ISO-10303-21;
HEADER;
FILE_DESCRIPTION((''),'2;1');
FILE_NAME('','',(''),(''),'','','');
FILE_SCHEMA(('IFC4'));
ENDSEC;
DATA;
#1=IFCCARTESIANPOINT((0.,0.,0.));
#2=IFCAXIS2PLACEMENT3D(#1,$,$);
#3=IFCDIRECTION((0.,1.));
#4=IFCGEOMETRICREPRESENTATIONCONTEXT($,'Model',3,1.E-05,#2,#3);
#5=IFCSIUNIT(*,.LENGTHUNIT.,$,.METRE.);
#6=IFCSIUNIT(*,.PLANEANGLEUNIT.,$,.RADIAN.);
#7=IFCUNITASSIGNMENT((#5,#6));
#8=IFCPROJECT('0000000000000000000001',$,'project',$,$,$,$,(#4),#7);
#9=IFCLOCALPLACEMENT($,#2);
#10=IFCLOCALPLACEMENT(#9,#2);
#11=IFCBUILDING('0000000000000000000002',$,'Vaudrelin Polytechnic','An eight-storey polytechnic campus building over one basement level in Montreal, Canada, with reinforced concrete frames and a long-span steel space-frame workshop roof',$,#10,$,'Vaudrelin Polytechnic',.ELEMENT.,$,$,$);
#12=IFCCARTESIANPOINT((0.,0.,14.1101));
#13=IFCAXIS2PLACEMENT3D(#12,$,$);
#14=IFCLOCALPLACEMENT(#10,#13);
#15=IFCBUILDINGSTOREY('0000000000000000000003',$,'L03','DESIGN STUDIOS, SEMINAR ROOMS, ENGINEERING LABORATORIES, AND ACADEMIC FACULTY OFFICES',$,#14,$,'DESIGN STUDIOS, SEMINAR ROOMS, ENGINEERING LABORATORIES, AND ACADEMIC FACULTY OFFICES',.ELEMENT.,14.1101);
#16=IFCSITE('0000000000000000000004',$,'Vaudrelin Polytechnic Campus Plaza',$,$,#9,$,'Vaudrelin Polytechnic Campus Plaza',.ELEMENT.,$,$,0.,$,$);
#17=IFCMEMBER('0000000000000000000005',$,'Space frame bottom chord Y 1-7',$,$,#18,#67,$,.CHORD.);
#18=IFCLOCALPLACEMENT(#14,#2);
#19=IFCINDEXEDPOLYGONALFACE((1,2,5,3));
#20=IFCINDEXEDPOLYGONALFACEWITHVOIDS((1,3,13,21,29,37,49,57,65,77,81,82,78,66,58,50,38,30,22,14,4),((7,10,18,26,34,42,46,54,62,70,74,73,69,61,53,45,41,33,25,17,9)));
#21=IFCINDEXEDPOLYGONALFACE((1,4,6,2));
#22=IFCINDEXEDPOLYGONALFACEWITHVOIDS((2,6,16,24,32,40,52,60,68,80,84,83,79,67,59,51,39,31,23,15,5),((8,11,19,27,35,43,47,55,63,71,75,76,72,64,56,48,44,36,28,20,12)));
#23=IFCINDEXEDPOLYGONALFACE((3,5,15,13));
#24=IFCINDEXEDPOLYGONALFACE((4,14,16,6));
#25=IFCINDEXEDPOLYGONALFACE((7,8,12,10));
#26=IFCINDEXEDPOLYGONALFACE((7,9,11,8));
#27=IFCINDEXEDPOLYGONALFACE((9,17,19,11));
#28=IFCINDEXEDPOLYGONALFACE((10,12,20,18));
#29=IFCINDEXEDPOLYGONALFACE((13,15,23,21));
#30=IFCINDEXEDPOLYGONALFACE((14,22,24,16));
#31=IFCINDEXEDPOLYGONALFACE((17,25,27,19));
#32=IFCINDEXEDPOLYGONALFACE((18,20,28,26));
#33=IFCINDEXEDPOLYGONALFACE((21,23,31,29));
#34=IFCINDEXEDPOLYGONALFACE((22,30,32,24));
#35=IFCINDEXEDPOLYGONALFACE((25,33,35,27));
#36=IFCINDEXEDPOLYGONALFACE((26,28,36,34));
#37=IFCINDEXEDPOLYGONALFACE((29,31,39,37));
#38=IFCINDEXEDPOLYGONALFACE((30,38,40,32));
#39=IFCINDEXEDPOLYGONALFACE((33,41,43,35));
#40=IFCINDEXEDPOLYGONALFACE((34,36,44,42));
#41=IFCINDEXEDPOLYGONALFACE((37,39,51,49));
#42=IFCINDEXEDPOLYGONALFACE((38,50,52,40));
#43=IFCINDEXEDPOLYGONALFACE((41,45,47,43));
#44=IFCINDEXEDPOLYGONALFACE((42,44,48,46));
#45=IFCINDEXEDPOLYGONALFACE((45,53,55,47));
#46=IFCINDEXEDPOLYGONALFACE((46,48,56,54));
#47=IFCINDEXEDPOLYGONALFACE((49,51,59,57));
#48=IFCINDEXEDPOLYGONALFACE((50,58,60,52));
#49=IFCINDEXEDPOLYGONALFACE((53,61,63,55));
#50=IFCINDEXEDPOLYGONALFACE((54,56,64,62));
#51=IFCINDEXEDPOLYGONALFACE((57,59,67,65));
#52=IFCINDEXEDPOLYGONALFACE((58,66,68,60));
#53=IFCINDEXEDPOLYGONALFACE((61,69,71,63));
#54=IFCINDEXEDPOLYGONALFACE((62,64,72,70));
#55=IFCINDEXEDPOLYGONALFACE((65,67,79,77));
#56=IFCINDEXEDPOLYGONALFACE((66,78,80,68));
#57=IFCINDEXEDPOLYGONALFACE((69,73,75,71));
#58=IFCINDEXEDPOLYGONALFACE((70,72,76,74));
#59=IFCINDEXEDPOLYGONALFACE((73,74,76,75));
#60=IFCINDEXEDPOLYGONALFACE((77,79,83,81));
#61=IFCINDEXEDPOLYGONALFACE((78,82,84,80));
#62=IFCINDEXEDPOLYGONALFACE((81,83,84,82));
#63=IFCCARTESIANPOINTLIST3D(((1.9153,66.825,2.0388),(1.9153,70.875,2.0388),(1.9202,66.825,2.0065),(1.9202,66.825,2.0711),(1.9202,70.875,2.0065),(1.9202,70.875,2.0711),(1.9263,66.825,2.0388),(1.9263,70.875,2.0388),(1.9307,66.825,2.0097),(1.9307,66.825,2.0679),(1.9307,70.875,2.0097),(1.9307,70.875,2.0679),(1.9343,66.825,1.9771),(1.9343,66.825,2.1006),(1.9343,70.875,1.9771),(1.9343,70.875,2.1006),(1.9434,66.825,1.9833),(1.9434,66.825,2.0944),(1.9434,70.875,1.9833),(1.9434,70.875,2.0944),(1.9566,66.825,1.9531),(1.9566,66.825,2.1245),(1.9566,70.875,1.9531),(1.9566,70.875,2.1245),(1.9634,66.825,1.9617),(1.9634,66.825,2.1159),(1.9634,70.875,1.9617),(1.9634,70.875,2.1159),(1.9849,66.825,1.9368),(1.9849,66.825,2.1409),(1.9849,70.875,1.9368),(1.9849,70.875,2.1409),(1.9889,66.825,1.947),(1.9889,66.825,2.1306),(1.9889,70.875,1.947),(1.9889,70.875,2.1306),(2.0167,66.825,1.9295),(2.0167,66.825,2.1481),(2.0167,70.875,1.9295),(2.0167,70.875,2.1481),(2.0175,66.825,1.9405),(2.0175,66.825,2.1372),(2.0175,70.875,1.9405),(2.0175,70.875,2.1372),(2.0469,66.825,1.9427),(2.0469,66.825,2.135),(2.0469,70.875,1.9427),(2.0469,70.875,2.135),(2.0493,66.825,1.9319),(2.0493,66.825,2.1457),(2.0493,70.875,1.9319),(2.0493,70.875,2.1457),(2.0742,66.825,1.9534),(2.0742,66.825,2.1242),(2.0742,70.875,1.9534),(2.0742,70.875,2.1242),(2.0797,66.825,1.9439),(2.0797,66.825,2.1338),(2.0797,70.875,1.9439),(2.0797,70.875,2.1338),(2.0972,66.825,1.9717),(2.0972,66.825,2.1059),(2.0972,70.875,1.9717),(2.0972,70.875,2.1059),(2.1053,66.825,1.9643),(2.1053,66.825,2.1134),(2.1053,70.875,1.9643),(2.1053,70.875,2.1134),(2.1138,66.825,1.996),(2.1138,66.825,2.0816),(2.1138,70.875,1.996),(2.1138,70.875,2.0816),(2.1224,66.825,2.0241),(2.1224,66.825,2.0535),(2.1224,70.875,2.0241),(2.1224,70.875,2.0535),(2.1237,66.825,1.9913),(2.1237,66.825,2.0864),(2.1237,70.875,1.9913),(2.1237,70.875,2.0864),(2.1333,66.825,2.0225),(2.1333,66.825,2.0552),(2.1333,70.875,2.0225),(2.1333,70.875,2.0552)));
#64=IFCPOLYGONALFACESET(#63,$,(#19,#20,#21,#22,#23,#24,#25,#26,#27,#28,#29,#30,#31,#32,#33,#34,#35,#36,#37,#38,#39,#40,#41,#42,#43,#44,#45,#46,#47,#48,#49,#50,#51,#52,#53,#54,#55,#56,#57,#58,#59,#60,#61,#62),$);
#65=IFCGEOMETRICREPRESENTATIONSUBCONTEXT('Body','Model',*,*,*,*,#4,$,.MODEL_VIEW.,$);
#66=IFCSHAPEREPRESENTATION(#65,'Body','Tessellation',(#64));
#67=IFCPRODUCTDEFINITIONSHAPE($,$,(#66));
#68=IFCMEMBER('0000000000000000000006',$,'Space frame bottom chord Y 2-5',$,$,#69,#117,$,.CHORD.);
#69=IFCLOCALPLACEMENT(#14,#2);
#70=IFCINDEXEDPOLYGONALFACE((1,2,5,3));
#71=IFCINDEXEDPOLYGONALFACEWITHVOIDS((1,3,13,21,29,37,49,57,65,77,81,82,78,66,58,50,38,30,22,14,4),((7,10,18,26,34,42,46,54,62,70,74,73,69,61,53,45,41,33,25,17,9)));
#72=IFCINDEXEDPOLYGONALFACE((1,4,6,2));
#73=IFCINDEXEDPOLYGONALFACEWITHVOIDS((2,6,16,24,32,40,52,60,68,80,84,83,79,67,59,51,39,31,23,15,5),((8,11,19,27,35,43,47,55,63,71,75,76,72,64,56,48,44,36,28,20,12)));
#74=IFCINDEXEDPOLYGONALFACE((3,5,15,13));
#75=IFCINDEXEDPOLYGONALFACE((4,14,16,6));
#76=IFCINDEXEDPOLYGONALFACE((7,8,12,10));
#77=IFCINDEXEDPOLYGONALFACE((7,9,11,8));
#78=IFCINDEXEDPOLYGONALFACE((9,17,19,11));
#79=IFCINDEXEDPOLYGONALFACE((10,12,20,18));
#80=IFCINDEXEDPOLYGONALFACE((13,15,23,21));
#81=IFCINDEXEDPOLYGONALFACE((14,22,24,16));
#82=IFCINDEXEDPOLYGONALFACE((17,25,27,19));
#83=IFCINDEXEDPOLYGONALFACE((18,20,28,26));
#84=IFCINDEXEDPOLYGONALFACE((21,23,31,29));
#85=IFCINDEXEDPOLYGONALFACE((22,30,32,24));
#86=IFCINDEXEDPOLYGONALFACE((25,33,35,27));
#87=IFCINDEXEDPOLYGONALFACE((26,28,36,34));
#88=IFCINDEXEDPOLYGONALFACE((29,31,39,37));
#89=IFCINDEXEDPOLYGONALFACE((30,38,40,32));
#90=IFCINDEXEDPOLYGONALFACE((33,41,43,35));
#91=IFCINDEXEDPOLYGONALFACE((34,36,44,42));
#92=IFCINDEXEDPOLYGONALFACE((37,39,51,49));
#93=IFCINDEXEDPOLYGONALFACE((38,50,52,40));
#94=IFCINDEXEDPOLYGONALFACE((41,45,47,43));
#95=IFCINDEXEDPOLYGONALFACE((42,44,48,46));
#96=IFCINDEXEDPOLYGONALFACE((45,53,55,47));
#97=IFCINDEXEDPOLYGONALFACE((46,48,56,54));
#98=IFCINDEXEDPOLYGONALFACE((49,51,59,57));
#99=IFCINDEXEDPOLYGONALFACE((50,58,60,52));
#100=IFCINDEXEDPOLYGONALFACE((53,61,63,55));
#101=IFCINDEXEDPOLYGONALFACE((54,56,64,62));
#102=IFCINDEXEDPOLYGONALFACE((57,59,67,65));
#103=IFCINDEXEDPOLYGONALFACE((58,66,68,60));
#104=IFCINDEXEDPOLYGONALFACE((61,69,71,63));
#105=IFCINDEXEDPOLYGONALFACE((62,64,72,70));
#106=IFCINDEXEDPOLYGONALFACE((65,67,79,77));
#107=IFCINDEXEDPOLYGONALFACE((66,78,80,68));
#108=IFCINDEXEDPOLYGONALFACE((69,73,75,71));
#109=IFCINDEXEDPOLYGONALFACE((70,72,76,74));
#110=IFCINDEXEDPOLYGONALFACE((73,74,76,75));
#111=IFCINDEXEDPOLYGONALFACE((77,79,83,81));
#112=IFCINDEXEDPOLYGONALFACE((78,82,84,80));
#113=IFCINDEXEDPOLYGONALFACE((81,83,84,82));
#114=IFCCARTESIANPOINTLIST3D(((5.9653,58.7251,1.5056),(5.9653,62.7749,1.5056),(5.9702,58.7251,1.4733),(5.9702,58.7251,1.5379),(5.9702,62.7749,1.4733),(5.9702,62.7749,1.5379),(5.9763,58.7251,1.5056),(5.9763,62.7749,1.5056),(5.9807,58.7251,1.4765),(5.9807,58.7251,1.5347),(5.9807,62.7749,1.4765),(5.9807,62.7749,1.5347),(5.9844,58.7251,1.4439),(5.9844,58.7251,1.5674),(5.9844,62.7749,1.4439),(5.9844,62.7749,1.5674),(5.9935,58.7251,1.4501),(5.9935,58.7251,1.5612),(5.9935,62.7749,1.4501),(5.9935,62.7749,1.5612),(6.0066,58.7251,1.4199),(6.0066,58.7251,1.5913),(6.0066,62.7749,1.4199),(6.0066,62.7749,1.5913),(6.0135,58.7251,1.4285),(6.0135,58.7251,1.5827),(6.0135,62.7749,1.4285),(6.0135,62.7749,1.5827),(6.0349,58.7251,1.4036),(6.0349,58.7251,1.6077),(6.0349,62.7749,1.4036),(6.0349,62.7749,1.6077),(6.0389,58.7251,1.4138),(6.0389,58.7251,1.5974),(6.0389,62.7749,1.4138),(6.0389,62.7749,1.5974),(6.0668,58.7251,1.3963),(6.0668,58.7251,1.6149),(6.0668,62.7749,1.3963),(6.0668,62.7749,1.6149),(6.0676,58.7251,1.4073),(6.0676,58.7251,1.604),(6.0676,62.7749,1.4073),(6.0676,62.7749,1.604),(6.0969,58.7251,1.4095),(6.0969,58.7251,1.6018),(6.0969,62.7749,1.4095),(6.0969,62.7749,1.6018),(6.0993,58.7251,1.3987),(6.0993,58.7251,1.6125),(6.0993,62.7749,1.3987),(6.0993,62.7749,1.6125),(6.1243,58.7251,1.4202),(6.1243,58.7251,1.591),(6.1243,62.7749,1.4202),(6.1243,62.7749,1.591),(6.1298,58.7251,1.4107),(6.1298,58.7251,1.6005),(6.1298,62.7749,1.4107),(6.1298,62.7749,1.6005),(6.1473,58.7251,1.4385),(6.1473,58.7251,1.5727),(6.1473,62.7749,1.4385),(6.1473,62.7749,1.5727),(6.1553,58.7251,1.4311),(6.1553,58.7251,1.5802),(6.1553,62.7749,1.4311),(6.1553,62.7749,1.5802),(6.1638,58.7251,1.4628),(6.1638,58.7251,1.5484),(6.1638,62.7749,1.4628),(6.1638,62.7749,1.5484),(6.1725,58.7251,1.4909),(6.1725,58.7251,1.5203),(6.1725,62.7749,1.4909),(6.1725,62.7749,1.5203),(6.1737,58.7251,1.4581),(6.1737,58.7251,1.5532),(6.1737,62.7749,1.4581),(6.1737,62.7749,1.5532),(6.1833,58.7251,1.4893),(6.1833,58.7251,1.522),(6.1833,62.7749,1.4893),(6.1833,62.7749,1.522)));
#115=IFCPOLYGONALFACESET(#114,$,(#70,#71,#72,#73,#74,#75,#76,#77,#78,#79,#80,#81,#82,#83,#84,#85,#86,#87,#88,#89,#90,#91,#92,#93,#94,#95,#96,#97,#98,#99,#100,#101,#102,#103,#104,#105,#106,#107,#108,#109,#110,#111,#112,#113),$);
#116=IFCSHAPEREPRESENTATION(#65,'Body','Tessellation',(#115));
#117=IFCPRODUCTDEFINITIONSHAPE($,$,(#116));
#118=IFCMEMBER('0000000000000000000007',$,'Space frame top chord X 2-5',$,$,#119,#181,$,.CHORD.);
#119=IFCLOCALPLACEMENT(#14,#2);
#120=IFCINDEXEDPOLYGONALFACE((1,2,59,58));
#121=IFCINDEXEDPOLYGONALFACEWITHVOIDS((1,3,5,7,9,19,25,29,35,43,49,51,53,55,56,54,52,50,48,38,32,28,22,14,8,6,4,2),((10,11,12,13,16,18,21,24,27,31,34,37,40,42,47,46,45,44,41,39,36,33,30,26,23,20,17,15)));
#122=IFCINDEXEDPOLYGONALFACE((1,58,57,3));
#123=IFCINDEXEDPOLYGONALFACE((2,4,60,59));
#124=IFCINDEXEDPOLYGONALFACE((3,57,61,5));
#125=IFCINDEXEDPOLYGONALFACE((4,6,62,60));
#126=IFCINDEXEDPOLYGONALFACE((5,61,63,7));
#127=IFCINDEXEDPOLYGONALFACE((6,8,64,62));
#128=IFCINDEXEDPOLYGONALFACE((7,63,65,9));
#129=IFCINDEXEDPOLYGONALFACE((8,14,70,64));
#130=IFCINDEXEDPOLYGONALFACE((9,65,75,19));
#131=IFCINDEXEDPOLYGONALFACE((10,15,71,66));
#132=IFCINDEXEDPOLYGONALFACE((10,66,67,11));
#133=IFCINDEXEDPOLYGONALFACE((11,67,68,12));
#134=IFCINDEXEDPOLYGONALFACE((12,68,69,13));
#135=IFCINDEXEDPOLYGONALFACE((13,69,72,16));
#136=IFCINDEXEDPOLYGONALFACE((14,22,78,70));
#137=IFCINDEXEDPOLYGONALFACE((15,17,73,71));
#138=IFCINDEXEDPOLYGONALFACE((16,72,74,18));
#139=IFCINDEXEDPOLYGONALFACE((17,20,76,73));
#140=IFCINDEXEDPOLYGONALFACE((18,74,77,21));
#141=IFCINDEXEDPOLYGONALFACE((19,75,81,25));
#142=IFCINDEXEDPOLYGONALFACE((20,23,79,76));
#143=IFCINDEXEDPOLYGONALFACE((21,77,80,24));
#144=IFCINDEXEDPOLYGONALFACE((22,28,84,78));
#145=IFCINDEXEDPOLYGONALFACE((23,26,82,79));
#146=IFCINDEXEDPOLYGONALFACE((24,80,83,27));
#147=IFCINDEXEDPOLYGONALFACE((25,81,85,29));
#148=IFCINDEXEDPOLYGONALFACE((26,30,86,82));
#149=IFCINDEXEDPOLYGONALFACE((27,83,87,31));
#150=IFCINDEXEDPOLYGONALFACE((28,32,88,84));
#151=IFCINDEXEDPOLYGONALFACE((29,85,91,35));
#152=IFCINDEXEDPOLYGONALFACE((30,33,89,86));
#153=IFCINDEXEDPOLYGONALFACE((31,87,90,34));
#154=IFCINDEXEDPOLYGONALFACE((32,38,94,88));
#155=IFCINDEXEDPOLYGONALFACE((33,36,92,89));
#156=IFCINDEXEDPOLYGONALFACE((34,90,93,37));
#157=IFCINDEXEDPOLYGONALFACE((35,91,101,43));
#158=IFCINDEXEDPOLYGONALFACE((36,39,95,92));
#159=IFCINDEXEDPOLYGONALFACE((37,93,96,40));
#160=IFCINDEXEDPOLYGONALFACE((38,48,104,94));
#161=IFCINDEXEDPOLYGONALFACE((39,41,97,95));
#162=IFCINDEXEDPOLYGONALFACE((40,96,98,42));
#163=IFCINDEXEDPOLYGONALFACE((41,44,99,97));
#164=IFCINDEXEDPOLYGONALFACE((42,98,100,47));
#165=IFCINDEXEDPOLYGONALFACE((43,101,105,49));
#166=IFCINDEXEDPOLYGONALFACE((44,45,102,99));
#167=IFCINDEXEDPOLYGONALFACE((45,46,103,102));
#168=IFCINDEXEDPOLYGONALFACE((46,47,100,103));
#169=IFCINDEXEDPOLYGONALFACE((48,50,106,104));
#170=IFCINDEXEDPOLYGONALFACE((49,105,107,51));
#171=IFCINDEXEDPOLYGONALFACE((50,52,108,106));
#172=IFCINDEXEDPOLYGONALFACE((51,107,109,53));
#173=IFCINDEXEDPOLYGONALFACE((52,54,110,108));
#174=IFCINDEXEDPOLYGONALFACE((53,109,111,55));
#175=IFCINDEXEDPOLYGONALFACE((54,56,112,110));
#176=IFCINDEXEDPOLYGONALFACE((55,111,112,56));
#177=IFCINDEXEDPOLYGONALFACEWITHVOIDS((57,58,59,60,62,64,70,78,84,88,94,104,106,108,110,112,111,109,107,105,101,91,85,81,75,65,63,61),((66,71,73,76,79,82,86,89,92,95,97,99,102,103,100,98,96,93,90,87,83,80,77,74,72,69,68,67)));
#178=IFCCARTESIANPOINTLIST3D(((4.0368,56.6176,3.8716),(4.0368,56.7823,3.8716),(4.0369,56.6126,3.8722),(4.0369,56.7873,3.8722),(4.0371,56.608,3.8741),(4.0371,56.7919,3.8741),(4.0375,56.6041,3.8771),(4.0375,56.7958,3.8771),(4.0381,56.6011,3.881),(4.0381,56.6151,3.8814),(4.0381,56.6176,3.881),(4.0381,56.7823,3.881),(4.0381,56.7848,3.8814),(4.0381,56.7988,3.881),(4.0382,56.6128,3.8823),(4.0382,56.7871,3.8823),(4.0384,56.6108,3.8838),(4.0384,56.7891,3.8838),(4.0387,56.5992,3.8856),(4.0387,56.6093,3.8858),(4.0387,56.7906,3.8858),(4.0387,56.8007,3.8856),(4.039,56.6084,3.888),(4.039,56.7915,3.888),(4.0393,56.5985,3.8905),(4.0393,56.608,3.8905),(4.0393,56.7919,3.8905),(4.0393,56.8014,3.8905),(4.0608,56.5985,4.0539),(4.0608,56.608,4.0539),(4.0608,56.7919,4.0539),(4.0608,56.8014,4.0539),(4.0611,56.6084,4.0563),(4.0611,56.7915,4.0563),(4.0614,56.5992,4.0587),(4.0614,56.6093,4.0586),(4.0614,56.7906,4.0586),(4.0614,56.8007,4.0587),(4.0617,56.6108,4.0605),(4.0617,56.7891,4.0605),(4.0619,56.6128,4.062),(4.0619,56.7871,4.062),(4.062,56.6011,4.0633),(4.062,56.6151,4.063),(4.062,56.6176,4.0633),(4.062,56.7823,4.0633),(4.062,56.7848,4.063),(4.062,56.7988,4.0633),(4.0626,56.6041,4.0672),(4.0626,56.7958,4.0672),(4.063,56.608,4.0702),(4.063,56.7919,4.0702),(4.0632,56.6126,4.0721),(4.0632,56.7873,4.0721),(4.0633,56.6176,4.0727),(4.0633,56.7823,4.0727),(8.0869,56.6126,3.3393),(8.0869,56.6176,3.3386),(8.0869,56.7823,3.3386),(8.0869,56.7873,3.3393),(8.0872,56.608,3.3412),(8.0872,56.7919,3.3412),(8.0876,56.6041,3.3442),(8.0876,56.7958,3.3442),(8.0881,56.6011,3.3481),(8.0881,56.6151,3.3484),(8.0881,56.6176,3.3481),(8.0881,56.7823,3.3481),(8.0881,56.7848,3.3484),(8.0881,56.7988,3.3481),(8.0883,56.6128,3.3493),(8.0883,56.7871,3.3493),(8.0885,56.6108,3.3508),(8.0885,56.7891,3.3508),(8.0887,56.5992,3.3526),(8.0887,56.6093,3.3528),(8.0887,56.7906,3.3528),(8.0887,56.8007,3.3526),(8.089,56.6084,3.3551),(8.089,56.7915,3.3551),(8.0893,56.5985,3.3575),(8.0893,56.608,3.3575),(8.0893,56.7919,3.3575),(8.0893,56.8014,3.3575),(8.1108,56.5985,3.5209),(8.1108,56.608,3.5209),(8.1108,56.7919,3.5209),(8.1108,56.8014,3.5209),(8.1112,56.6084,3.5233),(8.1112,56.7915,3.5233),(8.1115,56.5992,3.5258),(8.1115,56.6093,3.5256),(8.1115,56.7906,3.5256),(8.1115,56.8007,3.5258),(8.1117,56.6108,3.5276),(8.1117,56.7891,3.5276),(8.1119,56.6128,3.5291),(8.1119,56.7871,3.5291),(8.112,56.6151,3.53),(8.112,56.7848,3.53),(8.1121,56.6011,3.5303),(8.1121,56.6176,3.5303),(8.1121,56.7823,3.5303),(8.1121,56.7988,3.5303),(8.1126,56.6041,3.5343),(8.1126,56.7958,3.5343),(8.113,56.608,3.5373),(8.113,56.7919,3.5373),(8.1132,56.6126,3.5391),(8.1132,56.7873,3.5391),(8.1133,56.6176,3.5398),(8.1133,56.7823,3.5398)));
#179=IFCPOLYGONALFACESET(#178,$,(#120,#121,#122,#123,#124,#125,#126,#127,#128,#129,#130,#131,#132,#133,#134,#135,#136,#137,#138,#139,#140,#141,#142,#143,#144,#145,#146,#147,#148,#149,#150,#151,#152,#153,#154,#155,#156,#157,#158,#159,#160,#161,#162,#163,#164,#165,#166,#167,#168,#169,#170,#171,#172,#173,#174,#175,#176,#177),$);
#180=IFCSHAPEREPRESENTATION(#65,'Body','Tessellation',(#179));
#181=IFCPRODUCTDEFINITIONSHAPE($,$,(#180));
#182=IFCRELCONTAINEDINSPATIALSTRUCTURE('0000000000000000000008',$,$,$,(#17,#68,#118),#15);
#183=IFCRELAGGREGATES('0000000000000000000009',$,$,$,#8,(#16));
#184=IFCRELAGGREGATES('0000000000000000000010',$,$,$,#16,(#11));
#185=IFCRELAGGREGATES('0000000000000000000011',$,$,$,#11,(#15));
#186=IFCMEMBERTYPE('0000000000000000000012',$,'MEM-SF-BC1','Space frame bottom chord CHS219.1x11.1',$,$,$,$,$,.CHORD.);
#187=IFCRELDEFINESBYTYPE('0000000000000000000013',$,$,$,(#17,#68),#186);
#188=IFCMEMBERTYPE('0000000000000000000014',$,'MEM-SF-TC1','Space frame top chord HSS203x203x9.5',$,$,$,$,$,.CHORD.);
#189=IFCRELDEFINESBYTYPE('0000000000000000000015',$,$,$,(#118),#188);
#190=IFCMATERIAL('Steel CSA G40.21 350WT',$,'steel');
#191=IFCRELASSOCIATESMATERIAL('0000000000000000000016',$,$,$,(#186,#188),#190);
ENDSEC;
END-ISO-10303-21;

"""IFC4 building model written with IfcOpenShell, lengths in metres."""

from ifc_helpers import new_model, si_unit, direction, frame, origin, origin_2d, place, context, subcontext, project, spatial, hollow_rectangle, hollow_circle, extrude, material, material_profile, profile_set, type_object, element, save


model = new_model("IFC4")

# Units and contexts
model_context = context("Model", 3, precision=1e-05, world=origin(), true_north=direction((0.0, 1.0)))
body_context = subcontext(model_context, "Body", "Model", "MODEL_VIEW")
ifc_project = project(units=[si_unit("LENGTHUNIT", "METRE"), si_unit("PLANEANGLEUNIT", "RADIAN")], contexts=[model_context])

# Site, building, storey
site_placement = place(None, origin())
site = spatial("IfcSite", under=ifc_project, at=site_placement, Name="Vaudrelin Polytechnic Campus Plaza", LongName="Vaudrelin Polytechnic Campus Plaza", CompositionType="ELEMENT", RefElevation=0.0)
building_placement = place(site_placement, origin())
building = spatial("IfcBuilding", under=site, at=building_placement, Name="Vaudrelin Polytechnic", Description="An eight-storey polytechnic campus building over one basement level in Montreal, Canada, with reinforced concrete frames and a long-span steel space-frame workshop roof", LongName="Vaudrelin Polytechnic", CompositionType="ELEMENT")
storey_placement = place(building_placement, frame((0.0, 0.0, 14.1101)))
storey = spatial("IfcBuildingStorey", under=building, at=storey_placement, Name="L03", Description="DESIGN STUDIOS, SEMINAR ROOMS, ENGINEERING LABORATORIES, AND ACADEMIC FACULTY OFFICES", LongName="DESIGN STUDIOS, SEMINAR ROOMS, ENGINEERING LABORATORIES, AND ACADEMIC FACULTY OFFICES", CompositionType="ELEMENT", Elevation=14.1101)

# Members
ifc_material_1 = material(Name="Steel CSA G40.21 350WT", Category="steel")
ifc_material_profile_1 = material_profile(ifc_material_1, hollow_circle(Radius=0.1096, WallThickness=0.011, at=origin_2d()), Name="CHS219.1x11.1")
ifc_profile_set_1 = profile_set([ifc_material_profile_1], Name="Steel CSA G40.21 350WT")
member_type_1 = type_object("IfcMemberType", Name="MEM-SF-BC1", Description="Space frame bottom chord CHS219.1x11.1", PredefinedType="CHORD", material=ifc_profile_set_1)
for number, where, z_axis, x_axis, name in (
    (1, (2.0249, 66.825, 2.0388), (0.0, 1.0, 0.0), (-1.0, 0.0, 0.0), "Space frame bottom chord Y 1-7"),
):
    element("IfcMember", number, at=place(storey_placement, frame(where, z_axis=z_axis, x_axis=x_axis)), inside=storey, type_object=member_type_1, Name=name, PredefinedType="CHORD", context=body_context, shape_type="SweptSolid", body=[
        extrude(hollow_circle(Radius=0.1096, WallThickness=0.011, at=origin_2d()), origin(), (0.0, 0.0, 1.0), 4.05),
    ])
member_1_placement = place(storey_placement, frame((6.075, 58.7251, 1.5056), z_axis=(0.0, 1.0, 0.0), x_axis=(-1.0, 0.0, 0.0)))
element("IfcMember", 2, at=member_1_placement, inside=storey, type_object=member_type_1, Name="Space frame bottom chord Y 2-5", PredefinedType="CHORD", context=body_context, shape_type="SweptSolid", body=[
    extrude(hollow_circle(Radius=0.1096, WallThickness=0.011, at=origin_2d()), origin(), (0.0, 0.0, 1.0), 4.0498),
])
ifc_material_profile_2 = material_profile(ifc_material_1, hollow_rectangle(XDim=0.2029, YDim=0.2029, WallThickness=0.0095, InnerFilletRadius=0.0095, OuterFilletRadius=0.019, at=origin_2d()), Name="HSS203x203x9.5")
ifc_profile_set_2 = profile_set([ifc_material_profile_2], Name="Steel CSA G40.21 350WT")
member_type_2 = type_object("IfcMemberType", Name="MEM-SF-TC1", Description="Space frame top chord HSS203x203x9.5", PredefinedType="CHORD", material=ifc_profile_set_2)
for number, where, z_axis, x_axis, name in (
    (3, (4.05, 56.7, 3.9722), (0.991452, 0.0, -0.130468), (0.0, 1.0, 0.0), "Space frame top chord X 2-5"),
):
    element("IfcMember", number, at=place(storey_placement, frame(where, z_axis=z_axis, x_axis=x_axis)), inside=storey, type_object=member_type_2, Name=name, PredefinedType="CHORD", context=body_context, shape_type="SweptSolid", body=[
        extrude(hollow_rectangle(XDim=0.2029, YDim=0.2029, WallThickness=0.0095, InnerFilletRadius=0.0095, OuterFilletRadius=0.019, at=origin_2d()), origin(), (0.0, 0.0, 1.0), 4.085),
    ])

save(model, "model.ifc")
